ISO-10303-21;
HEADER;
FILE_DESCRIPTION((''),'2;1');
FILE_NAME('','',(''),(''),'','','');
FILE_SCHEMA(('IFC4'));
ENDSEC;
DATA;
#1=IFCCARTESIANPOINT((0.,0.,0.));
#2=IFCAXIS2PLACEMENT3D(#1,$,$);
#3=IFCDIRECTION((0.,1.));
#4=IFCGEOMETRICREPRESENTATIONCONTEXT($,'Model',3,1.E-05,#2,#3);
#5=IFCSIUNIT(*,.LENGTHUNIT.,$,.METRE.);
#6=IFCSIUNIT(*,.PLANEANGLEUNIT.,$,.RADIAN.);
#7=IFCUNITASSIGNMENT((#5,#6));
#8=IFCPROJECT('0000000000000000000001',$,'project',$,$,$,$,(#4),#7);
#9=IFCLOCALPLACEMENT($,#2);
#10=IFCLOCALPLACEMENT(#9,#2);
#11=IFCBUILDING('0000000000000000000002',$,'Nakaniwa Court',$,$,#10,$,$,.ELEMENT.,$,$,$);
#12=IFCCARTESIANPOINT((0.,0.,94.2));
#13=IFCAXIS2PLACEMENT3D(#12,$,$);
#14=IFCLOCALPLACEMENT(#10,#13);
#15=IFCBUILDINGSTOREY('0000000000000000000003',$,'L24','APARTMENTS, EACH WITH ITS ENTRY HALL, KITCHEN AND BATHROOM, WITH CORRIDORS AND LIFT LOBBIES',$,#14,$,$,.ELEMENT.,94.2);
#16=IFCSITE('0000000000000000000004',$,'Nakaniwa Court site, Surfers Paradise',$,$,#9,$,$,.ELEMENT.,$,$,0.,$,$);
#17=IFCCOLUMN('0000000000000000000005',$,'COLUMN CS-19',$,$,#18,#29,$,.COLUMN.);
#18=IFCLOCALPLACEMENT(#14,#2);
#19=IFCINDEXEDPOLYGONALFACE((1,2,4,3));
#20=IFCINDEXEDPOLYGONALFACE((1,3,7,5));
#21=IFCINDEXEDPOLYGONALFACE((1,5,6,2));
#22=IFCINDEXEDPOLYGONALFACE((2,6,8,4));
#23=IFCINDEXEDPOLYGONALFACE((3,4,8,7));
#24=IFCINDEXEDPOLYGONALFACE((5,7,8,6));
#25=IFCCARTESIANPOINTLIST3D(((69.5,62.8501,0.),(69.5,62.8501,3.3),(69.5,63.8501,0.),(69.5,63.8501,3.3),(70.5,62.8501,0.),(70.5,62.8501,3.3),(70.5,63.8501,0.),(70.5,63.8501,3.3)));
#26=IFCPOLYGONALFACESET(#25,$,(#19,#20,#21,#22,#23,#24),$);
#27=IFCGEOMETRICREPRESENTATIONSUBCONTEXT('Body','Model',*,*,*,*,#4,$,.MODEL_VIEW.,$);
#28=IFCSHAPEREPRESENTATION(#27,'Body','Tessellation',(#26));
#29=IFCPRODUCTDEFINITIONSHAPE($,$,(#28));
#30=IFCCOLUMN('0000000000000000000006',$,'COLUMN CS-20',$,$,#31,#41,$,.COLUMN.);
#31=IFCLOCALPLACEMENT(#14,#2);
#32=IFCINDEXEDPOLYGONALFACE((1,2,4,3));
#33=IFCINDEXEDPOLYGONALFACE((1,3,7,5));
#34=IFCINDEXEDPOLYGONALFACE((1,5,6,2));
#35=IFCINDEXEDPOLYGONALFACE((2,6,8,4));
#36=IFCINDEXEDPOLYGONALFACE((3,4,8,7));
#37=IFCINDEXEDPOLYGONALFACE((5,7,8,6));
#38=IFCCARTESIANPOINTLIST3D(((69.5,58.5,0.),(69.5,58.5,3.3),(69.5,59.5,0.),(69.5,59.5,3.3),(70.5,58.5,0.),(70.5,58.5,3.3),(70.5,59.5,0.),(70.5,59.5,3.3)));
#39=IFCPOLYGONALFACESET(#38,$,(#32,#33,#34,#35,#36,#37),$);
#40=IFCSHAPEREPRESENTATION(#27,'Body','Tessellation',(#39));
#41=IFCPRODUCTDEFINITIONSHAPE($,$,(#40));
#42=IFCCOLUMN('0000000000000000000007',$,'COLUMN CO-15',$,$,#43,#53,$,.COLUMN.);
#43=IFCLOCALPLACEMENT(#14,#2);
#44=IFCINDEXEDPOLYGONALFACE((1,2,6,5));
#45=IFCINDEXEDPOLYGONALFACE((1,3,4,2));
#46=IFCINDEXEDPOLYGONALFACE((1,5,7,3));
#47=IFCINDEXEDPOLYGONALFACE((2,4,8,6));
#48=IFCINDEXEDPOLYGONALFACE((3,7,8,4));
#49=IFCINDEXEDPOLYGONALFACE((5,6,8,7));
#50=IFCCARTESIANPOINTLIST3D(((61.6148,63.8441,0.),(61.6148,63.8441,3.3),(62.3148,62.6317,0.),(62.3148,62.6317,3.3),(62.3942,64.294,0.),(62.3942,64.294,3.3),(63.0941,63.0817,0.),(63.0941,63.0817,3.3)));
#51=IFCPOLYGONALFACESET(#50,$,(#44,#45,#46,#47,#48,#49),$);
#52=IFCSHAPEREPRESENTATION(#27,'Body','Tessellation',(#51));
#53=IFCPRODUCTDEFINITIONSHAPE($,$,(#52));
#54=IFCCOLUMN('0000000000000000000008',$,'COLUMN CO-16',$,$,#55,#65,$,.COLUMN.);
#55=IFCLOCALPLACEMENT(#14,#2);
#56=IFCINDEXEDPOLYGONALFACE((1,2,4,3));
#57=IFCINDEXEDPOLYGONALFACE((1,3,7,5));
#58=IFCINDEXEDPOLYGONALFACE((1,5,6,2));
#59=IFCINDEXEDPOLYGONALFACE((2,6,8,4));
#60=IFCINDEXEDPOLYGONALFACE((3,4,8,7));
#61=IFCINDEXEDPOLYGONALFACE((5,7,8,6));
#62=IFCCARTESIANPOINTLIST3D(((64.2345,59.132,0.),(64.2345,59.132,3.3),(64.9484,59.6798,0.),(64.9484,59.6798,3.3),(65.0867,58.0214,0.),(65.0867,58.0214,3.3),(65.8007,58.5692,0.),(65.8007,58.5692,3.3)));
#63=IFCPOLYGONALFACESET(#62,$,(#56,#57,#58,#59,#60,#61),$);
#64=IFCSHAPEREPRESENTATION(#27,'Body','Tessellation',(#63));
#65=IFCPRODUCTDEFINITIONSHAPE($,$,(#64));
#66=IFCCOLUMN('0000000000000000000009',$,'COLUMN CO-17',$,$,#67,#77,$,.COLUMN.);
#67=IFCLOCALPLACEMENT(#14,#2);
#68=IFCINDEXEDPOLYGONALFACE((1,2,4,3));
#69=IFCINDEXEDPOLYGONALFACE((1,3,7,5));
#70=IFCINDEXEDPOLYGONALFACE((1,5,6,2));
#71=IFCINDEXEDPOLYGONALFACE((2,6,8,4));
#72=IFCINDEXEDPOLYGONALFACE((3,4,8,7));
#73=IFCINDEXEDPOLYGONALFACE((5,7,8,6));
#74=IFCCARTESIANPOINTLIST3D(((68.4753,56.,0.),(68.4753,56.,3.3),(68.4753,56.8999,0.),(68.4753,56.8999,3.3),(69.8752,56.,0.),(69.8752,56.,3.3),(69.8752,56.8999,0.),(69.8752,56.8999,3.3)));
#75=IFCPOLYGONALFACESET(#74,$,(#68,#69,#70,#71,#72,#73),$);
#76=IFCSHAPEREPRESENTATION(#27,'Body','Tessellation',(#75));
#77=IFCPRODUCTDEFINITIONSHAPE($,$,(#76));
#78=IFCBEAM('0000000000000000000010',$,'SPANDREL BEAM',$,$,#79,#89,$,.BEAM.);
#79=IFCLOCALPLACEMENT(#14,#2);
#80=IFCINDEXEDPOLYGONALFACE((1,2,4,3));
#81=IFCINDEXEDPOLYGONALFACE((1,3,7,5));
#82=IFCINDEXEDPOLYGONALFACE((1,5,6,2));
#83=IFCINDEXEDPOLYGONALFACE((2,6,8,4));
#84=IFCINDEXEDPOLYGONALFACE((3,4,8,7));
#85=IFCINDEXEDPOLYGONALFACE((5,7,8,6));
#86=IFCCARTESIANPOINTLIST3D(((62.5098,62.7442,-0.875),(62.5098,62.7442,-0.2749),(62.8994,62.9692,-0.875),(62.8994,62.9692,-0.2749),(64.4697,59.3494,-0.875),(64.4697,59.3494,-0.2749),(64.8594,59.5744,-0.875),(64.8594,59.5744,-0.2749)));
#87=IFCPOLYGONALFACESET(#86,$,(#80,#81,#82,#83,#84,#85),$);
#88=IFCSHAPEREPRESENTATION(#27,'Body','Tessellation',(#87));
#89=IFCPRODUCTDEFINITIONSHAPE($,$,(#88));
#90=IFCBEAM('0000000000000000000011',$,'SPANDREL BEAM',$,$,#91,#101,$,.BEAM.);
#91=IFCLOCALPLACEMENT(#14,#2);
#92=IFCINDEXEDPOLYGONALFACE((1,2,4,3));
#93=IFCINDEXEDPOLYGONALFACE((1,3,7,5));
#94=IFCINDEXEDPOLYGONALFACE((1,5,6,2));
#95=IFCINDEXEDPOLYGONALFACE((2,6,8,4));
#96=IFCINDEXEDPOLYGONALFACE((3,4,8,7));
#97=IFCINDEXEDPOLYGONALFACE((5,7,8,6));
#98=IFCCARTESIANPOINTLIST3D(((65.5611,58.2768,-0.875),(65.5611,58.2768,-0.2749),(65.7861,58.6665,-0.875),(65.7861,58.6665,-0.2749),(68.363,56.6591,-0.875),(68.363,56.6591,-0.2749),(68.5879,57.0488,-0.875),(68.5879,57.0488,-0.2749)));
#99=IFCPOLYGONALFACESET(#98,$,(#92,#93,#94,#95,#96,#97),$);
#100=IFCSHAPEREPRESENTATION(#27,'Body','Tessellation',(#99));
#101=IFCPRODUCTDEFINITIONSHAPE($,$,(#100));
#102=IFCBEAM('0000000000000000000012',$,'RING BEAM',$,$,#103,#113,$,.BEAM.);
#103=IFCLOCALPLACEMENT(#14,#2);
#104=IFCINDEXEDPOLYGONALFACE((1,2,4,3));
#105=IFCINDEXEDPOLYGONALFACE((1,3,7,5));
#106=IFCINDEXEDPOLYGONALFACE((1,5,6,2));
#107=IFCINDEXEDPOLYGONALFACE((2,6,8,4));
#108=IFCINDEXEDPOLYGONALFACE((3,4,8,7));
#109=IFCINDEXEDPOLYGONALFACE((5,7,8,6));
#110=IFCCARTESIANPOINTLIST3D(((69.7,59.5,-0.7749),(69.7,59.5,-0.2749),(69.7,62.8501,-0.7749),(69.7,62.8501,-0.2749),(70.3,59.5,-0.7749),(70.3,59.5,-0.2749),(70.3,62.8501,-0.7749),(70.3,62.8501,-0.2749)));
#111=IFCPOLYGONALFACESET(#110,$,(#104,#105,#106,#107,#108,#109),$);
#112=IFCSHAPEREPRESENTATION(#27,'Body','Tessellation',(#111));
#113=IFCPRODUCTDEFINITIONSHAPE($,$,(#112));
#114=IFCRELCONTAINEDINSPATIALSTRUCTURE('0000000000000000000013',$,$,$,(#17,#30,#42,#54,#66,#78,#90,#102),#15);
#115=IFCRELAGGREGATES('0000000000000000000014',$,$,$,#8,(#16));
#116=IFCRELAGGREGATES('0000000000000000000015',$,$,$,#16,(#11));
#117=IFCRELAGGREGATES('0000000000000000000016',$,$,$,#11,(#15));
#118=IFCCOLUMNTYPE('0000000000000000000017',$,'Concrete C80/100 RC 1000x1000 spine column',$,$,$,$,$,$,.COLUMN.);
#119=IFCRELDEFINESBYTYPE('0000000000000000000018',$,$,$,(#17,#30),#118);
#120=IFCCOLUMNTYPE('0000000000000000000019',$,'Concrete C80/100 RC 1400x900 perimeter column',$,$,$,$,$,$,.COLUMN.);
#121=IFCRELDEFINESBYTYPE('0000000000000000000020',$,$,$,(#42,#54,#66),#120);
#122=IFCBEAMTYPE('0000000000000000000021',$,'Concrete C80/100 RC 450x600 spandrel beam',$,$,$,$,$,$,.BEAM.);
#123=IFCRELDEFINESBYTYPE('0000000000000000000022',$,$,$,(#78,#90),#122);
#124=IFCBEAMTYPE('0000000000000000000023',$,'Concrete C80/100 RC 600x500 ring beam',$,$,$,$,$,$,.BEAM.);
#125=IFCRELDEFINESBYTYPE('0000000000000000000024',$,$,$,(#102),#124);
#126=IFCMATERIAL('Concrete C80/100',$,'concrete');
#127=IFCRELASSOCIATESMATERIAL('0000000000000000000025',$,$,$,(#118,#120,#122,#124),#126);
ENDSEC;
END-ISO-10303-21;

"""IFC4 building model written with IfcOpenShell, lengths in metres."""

from ifc_helpers import new_model, si_unit, direction, frame, origin, origin_2d, place, context, subcontext, project, spatial, rectangle, extrude, material, material_profile, profile_set, type_object, element, save


model = new_model("IFC4")

# Units and contexts
model_context = context("Model", 3, precision=1e-05, world=origin(), true_north=direction((0.0, 1.0)))
body_context = subcontext(model_context, "Body", "Model", "MODEL_VIEW")
ifc_project = project(units=[si_unit("LENGTHUNIT", "METRE"), si_unit("PLANEANGLEUNIT", "RADIAN")], contexts=[model_context])

# Site, building, storey
site_placement = place(None, origin())
site = spatial("IfcSite", under=ifc_project, at=site_placement, Name="Nakaniwa Court site, Surfers Paradise", CompositionType="ELEMENT", RefElevation=0.0)
building_placement = place(site_placement, origin())
building = spatial("IfcBuilding", under=site, at=building_placement, Name="Nakaniwa Court", CompositionType="ELEMENT")
storey_placement = place(building_placement, frame((0.0, 0.0, 94.2)))
storey = spatial("IfcBuildingStorey", under=building, at=storey_placement, Name="L24", Description="APARTMENTS, EACH WITH ITS ENTRY HALL, KITCHEN AND BATHROOM, WITH CORRIDORS AND LIFT LOBBIES", CompositionType="ELEMENT", Elevation=94.2)

# Columns
ifc_material_1 = material(Name="Concrete C80/100", Category="concrete")
ifc_material_profile_1 = material_profile(ifc_material_1, rectangle(XDim=1.0, YDim=1.0, at=origin_2d()), Name="Concrete C80/100 RC 1000x1000 spine column")
ifc_profile_set_1 = profile_set([ifc_material_profile_1], Name="Concrete C80/100")
column_type_1 = type_object("IfcColumnType", Name="Concrete C80/100 RC 1000x1000 spine column", PredefinedType="COLUMN", material=ifc_profile_set_1)
for number, where, z_axis, x_axis, name in (
    (1, (70.0, 63.3501, 0.0), (0.0, 0.0, 1.0), (0.0, -1.0, 0.0), "COLUMN CS-19"),
    (2, (70.0, 59.0, 0.0), (0.0, 0.0, 1.0), (0.0, -1.0, 0.0), "COLUMN CS-20"),
):
    element("IfcColumn", number, at=place(storey_placement, frame(where, z_axis=z_axis, x_axis=x_axis)), inside=storey, type_object=column_type_1, Name=name, PredefinedType="COLUMN", context=body_context, shape_type="SweptSolid", body=[
        extrude(rectangle(XDim=1.0, YDim=1.0, at=origin_2d()), origin(), (0.0, 0.0, 1.0), 3.3),
    ])
ifc_material_profile_2 = material_profile(ifc_material_1, rectangle(XDim=1.3999, YDim=0.8999, at=origin_2d()), Name="Concrete C80/100 RC 1400x900 perimeter column")
ifc_profile_set_2 = profile_set([ifc_material_profile_2], Name="Concrete C80/100")
column_type_2 = type_object("IfcColumnType", Name="Concrete C80/100 RC 1400x900 perimeter column", PredefinedType="COLUMN", material=ifc_profile_set_2)
for number, where, z_axis, x_axis, name in (
    (3, (62.3545, 63.4629, 0.0), (0.0, 0.0, 1.0), (0.5, -0.866025, 0.0), "COLUMN CO-15"),
    (4, (65.0176, 58.8506, 0.0), (0.0, 0.0, 1.0), (0.608761, -0.793353, 0.0), "COLUMN CO-16"),
    (5, (69.1753, 56.45, 0.0), (0.0, 0.0, 1.0), (1.0, 0.0, 0.0), "COLUMN CO-17"),
):
    element("IfcColumn", number, at=place(storey_placement, frame(where, z_axis=z_axis, x_axis=x_axis)), inside=storey, type_object=column_type_2, Name=name, PredefinedType="COLUMN", context=body_context, shape_type="SweptSolid", body=[
        extrude(rectangle(XDim=1.3999, YDim=0.8999, at=origin_2d()), origin(), (0.0, 0.0, 1.0), 3.3),
    ])

# Beams
ifc_material_profile_3 = material_profile(ifc_material_1, rectangle(XDim=0.45, YDim=0.6001, at=origin_2d()), Name="Concrete C80/100 RC 450x600 spandrel beam")
ifc_profile_set_3 = profile_set([ifc_material_profile_3], Name="Concrete C80/100")
beam_type_1 = type_object("IfcBeamType", Name="Concrete C80/100 RC 450x600 spandrel beam", PredefinedType="BEAM", material=ifc_profile_set_3)
beam_1_placement = place(storey_placement, frame((62.7046, 62.8567, -0.575), z_axis=(0.499997, -0.866027, 0.0), x_axis=(0.866027, 0.499997, 0.0)))
element("IfcBeam", 6, at=beam_1_placement, inside=storey, type_object=beam_type_1, Name="SPANDREL BEAM", PredefinedType="BEAM", context=body_context, shape_type="SweptSolid", body=[
    extrude(rectangle(XDim=0.45, YDim=0.6001, at=origin_2d()), origin(), (0.0, 0.0, 1.0), 3.9199),
])
beam_2_placement = place(storey_placement, frame((65.6736, 58.4717, -0.575), z_axis=(0.866015, -0.500019, 0.0), x_axis=(0.500019, 0.866015, 0.0)))
element("IfcBeam", 7, at=beam_2_placement, inside=storey, type_object=beam_type_1, Name="SPANDREL BEAM", PredefinedType="BEAM", context=body_context, shape_type="SweptSolid", body=[
    extrude(rectangle(XDim=0.45, YDim=0.6001, at=origin_2d()), origin(), (0.0, 0.0, 1.0), 3.2354),
])
ifc_material_profile_4 = material_profile(ifc_material_1, rectangle(XDim=0.6001, YDim=0.5, at=origin_2d()), Name="Concrete C80/100 RC 600x500 ring beam")
ifc_profile_set_4 = profile_set([ifc_material_profile_4], Name="Concrete C80/100")
beam_type_2 = type_object("IfcBeamType", Name="Concrete C80/100 RC 600x500 ring beam", PredefinedType="BEAM", material=ifc_profile_set_4)
beam_3_placement = place(storey_placement, frame((70.0, 62.8501, -0.5249), z_axis=(0.0, -1.0, 0.0), x_axis=(1.0, 0.0, 0.0)))
element("IfcBeam", 8, at=beam_3_placement, inside=storey, type_object=beam_type_2, Name="RING BEAM", PredefinedType="BEAM", context=body_context, shape_type="SweptSolid", body=[
    extrude(rectangle(XDim=0.6001, YDim=0.5, at=origin_2d()), origin(), (0.0, 0.0, 1.0), 3.3501),
])

save(model, "model.ifc")
